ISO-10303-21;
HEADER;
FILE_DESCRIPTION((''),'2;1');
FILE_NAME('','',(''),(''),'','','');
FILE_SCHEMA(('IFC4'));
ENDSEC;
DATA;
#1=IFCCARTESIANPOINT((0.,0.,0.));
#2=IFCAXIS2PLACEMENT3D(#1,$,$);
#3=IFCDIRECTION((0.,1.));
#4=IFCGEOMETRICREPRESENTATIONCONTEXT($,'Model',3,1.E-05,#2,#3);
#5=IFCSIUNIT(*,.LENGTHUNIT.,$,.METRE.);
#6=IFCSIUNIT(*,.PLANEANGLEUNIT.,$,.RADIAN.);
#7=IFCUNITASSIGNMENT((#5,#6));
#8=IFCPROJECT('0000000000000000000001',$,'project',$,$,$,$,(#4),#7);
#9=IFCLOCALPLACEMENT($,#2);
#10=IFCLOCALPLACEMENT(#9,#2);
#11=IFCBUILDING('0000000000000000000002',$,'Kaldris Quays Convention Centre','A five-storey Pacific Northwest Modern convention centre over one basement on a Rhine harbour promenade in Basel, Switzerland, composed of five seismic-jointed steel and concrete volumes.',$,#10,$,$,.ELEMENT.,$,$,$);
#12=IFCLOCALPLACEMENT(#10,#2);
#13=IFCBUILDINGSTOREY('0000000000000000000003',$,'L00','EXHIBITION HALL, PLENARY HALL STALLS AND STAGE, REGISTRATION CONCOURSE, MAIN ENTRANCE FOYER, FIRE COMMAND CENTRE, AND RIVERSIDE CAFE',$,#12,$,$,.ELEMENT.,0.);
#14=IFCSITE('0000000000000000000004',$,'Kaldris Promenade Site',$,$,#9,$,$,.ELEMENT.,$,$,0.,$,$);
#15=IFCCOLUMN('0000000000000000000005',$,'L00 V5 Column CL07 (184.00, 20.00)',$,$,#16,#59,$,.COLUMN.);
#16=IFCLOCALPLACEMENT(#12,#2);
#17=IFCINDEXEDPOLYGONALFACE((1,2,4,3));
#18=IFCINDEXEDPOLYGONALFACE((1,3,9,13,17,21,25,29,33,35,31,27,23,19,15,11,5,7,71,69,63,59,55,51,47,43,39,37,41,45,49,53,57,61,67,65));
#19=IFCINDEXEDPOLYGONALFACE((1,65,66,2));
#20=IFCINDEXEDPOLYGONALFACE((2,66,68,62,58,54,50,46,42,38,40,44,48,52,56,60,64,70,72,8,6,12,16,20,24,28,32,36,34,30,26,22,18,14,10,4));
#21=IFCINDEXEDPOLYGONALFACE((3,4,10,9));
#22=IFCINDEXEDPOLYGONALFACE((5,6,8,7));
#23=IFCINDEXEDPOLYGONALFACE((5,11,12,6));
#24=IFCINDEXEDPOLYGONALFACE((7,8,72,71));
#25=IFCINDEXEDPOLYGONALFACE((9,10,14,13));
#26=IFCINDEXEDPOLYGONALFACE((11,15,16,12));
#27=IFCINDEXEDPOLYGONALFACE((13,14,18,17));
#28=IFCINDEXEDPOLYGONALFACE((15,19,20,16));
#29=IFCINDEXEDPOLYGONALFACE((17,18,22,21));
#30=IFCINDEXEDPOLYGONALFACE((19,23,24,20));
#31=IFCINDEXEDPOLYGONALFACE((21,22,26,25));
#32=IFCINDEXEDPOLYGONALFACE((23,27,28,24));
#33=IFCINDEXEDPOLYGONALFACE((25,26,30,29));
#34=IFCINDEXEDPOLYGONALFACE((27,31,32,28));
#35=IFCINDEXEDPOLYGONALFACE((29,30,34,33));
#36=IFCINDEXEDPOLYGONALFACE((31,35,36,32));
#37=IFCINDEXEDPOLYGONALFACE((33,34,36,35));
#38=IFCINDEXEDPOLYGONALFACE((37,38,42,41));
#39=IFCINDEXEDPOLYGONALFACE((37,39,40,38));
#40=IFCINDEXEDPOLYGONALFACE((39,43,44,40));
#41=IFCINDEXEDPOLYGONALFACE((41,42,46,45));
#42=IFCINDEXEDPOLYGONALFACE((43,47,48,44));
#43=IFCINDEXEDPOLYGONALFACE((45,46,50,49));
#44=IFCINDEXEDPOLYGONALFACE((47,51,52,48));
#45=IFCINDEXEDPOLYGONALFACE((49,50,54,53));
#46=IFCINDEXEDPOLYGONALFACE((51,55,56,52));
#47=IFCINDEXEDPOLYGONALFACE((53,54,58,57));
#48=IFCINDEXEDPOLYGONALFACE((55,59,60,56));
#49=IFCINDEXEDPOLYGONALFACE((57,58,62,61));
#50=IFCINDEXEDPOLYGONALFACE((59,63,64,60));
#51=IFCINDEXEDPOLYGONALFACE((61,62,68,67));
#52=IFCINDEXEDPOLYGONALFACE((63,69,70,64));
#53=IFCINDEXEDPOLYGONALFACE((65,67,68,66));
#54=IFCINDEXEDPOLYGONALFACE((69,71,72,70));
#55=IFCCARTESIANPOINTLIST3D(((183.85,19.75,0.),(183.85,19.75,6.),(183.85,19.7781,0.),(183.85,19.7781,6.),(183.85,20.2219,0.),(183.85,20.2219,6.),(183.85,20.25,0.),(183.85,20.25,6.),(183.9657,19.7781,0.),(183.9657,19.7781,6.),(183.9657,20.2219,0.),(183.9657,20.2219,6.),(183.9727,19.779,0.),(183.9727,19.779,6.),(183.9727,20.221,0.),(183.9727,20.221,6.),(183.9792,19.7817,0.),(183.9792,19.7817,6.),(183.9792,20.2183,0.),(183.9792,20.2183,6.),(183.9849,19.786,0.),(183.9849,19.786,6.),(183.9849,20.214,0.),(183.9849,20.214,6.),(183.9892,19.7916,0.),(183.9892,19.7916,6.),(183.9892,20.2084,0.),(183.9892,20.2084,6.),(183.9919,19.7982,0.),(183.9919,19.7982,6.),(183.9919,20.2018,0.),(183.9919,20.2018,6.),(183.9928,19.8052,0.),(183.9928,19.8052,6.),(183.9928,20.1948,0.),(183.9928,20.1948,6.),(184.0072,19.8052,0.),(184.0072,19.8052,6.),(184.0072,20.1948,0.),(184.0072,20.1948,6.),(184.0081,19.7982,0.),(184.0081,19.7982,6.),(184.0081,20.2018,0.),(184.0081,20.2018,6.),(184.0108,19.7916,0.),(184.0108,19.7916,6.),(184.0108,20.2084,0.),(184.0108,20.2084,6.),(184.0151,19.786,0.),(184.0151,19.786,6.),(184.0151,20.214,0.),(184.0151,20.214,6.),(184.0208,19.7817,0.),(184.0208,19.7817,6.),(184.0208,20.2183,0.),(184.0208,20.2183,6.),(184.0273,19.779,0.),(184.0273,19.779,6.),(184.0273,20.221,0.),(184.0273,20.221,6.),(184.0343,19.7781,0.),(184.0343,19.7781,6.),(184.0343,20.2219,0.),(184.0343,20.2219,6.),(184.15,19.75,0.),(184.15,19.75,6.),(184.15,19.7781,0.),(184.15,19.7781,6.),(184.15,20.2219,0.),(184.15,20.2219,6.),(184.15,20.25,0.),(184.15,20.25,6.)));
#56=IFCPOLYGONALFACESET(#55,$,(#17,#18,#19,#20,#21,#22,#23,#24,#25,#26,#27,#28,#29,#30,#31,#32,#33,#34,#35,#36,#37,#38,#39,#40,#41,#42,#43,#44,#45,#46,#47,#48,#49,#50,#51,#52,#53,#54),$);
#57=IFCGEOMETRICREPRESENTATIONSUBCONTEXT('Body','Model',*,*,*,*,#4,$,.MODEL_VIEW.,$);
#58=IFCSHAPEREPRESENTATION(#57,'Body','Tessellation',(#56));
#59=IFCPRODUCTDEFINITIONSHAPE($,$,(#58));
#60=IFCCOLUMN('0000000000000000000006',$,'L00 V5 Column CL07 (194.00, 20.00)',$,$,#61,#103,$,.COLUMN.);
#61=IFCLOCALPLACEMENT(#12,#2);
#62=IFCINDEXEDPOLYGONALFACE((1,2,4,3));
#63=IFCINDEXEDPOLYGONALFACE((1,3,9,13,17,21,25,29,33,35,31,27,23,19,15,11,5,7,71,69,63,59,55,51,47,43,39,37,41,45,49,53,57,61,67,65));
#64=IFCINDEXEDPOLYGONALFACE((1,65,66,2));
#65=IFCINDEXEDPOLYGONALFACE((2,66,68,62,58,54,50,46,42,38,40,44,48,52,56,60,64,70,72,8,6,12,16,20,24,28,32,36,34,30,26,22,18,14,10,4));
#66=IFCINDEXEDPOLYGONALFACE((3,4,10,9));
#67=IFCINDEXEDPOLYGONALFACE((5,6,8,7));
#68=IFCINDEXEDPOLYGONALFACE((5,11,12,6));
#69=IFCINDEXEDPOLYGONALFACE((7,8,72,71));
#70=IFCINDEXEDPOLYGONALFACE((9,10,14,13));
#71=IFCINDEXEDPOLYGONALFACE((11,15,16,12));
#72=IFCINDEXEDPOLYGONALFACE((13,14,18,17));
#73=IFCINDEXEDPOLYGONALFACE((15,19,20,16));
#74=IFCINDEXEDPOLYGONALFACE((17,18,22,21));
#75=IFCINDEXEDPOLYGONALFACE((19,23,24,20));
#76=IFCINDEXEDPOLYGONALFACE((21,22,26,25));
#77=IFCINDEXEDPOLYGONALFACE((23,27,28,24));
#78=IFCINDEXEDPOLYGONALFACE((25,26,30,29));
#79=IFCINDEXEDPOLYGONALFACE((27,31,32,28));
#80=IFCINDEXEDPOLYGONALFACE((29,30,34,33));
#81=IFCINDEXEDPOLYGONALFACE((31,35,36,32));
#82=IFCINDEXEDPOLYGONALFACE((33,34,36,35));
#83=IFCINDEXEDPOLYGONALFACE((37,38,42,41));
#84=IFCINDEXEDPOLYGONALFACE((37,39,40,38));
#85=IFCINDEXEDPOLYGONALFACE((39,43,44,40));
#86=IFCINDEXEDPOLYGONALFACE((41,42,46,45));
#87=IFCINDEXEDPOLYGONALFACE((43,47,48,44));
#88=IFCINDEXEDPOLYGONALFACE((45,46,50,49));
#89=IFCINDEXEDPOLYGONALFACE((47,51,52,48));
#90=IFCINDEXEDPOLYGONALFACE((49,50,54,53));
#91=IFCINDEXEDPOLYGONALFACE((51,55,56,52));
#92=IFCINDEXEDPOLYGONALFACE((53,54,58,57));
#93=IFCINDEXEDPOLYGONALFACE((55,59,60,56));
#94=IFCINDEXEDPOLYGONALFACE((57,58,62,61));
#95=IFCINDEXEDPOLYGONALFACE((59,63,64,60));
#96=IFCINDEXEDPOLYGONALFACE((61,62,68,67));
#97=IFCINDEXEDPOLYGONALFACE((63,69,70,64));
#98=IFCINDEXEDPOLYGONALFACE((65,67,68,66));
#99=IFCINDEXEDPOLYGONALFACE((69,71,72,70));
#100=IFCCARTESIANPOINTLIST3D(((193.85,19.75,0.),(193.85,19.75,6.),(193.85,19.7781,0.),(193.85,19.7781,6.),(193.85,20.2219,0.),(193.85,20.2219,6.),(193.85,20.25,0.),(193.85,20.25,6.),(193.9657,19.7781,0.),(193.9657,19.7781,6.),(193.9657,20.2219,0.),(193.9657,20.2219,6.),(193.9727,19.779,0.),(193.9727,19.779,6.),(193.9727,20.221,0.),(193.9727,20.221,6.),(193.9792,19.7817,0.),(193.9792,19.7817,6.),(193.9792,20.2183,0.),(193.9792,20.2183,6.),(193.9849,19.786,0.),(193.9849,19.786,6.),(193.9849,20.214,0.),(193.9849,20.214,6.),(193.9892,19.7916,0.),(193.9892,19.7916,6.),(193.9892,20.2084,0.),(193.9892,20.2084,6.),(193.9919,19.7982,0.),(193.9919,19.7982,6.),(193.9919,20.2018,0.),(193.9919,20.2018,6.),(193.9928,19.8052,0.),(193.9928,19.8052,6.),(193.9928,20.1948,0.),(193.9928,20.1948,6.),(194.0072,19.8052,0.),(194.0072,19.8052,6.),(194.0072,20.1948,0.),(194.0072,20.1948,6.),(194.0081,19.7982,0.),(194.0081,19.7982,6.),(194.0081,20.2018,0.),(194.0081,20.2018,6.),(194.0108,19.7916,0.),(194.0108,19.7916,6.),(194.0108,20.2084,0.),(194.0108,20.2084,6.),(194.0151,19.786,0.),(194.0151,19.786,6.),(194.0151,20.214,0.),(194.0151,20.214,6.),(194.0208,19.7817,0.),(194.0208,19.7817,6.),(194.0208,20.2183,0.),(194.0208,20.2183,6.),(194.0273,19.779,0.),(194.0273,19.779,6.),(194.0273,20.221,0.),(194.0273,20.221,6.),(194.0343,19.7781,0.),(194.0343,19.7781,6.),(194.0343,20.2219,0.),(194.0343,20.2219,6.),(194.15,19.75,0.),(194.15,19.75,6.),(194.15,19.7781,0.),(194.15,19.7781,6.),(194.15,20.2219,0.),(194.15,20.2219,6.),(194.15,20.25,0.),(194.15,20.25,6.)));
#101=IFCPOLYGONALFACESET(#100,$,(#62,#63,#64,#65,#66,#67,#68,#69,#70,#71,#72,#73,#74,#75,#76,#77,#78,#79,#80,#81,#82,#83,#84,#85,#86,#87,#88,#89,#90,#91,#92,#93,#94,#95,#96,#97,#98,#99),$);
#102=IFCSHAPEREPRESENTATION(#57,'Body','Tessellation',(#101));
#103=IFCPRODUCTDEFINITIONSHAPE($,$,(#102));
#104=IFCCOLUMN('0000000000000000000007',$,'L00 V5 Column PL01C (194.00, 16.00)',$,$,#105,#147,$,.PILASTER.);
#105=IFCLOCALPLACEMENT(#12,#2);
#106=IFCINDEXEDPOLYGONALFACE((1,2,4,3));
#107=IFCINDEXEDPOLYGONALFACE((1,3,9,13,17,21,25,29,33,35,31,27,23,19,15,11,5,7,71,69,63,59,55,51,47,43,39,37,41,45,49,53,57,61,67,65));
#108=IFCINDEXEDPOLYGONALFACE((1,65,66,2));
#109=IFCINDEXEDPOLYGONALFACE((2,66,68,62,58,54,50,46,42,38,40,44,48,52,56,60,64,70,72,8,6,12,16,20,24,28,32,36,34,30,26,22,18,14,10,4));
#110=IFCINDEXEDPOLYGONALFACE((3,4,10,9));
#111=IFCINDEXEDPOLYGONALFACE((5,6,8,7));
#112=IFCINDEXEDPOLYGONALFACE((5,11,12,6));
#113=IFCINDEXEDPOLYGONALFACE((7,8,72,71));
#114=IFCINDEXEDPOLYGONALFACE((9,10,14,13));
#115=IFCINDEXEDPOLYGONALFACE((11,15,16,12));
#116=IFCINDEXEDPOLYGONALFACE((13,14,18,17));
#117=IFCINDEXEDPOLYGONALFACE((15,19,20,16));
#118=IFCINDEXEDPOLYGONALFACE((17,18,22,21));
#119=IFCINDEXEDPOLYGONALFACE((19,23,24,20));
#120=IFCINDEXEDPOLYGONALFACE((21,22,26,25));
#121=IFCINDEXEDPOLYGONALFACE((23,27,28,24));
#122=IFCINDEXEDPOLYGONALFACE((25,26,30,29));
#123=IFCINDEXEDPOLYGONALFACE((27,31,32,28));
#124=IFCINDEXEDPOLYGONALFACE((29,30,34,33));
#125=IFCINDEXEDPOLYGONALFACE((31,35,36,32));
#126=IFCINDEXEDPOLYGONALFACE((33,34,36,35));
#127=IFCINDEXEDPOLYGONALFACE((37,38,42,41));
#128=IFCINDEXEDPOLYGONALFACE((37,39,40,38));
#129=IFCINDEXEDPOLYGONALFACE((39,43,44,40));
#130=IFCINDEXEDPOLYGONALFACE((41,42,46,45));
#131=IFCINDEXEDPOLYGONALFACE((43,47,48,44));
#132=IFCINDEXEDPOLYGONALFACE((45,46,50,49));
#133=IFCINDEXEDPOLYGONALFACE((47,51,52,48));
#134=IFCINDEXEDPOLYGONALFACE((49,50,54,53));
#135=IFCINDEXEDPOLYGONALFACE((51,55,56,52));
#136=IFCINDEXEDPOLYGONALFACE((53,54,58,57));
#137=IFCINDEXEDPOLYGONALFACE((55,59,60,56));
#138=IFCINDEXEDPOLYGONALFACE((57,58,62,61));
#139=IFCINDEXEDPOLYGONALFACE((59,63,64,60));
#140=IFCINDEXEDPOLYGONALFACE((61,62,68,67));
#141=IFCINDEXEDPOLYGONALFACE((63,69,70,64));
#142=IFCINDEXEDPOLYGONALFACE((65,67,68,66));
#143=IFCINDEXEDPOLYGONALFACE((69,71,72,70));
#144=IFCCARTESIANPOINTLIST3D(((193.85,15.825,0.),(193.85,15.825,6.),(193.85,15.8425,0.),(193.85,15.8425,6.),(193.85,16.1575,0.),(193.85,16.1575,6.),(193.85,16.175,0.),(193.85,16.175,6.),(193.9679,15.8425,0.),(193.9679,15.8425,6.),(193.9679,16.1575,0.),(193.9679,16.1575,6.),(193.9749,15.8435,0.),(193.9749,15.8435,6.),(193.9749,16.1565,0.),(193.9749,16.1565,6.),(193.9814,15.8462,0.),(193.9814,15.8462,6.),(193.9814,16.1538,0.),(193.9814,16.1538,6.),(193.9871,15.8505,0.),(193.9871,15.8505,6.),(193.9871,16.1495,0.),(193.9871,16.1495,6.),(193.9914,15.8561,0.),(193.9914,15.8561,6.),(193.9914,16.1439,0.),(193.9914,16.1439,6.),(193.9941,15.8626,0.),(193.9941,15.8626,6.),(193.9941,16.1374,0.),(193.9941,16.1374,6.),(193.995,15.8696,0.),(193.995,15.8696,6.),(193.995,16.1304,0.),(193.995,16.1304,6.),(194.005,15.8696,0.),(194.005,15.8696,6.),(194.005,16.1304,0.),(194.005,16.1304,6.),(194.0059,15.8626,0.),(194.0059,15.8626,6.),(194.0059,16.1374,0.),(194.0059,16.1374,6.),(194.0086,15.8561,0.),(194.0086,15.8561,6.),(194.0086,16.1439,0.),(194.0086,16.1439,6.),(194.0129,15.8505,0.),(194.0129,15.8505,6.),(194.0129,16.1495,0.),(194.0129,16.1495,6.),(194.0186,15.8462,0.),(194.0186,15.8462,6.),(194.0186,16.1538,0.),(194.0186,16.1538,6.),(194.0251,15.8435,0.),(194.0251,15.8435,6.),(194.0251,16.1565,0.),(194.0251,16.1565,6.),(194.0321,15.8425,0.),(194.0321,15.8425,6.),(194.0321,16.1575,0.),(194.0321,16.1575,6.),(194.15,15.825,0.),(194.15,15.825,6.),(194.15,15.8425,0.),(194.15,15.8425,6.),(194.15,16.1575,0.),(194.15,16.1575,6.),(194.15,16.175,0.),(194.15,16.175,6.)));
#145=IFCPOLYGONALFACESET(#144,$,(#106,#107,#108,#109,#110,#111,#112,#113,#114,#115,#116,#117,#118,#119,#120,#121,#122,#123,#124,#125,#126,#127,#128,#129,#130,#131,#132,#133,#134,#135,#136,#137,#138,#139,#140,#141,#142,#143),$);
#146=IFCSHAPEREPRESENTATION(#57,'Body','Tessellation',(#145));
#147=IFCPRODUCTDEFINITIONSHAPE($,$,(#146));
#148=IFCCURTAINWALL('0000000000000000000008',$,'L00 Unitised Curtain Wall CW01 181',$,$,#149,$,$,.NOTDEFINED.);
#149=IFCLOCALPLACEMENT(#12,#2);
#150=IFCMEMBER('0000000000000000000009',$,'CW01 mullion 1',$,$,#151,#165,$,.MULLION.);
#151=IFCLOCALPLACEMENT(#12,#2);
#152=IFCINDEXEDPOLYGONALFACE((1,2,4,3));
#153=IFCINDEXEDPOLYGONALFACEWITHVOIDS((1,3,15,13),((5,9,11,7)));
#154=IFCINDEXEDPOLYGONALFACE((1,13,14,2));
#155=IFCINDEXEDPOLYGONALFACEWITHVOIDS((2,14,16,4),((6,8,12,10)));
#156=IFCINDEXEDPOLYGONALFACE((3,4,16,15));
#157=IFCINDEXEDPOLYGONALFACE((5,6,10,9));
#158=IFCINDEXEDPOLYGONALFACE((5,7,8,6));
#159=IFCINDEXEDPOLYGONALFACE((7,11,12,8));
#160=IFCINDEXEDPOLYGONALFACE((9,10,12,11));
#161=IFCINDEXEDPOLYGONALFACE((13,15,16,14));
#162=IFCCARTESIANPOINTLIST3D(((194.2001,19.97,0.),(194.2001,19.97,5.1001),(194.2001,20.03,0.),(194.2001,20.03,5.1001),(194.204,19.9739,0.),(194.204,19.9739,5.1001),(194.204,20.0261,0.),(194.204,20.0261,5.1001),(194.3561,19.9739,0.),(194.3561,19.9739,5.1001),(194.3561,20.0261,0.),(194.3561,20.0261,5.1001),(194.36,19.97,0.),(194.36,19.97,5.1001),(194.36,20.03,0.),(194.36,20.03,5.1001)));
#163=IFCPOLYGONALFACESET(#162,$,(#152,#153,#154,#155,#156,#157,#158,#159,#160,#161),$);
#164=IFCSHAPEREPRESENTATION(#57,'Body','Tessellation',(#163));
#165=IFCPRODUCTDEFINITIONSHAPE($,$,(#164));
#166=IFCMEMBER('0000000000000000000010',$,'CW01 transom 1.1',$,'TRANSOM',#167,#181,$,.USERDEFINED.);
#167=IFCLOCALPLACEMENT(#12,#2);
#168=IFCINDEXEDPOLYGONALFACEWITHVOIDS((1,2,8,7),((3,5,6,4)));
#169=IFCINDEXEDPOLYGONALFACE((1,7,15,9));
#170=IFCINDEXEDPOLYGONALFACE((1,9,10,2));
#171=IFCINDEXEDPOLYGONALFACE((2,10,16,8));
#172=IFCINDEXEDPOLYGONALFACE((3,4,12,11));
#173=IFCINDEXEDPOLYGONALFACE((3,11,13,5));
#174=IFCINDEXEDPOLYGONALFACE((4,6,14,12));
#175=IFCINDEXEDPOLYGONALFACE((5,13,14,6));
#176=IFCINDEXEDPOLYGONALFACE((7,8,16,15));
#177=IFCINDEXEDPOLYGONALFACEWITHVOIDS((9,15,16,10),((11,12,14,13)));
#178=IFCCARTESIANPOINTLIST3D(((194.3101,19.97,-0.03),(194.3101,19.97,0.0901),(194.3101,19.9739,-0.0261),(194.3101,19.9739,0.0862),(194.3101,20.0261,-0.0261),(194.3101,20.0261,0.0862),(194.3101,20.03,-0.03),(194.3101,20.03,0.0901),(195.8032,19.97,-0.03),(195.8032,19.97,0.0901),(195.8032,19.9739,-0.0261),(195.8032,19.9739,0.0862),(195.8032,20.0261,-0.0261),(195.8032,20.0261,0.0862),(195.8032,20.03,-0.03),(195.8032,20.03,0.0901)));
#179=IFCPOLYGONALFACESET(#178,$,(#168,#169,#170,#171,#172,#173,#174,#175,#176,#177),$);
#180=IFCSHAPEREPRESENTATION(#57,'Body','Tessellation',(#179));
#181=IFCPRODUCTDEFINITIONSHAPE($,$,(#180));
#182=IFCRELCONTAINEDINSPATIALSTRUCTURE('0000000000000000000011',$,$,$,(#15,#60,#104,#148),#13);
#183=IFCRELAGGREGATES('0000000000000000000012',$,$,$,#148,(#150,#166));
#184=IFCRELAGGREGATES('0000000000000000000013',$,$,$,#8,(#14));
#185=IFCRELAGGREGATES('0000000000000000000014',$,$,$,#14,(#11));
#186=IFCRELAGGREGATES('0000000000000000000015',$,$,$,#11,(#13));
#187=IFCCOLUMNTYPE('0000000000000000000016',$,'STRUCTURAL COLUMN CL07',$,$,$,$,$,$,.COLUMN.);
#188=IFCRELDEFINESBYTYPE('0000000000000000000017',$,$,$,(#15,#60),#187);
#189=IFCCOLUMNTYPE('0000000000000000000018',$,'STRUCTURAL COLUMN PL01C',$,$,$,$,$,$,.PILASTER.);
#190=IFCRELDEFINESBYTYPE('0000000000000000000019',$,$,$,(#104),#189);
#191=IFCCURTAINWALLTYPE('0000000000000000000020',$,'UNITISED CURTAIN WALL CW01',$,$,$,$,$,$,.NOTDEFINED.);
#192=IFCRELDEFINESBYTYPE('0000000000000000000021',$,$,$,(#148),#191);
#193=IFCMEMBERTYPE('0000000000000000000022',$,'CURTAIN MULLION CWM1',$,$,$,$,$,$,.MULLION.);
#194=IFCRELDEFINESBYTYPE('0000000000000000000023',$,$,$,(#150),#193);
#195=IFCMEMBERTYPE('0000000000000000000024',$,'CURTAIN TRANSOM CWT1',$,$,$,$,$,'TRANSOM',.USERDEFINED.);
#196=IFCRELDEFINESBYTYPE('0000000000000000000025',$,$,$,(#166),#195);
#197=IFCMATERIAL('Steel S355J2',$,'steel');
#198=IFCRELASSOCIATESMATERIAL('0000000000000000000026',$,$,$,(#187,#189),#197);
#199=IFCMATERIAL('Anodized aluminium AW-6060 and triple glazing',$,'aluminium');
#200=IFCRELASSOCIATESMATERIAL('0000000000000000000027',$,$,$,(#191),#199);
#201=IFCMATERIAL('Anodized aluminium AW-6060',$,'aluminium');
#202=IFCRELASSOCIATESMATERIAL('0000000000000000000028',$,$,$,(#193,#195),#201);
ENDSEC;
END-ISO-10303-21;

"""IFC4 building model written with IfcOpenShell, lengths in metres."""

from ifc_helpers import new_model, si_unit, direction, frame, origin, origin_2d, place, context, subcontext, project, spatial, hollow_rectangle, i_section, extrude, material, material_profile, profile_set, type_object, element, aggregate, save


model = new_model("IFC4")

# Units and contexts
model_context = context("Model", 3, precision=1e-05, world=origin(), true_north=direction((0.0, 1.0)))
body_context = subcontext(model_context, "Body", "Model", "MODEL_VIEW")
ifc_project = project(units=[si_unit("LENGTHUNIT", "METRE"), si_unit("PLANEANGLEUNIT", "RADIAN")], contexts=[model_context])

# Site, building, storey
site_placement = place(None, origin())
site = spatial("IfcSite", under=ifc_project, at=site_placement, Name="Kaldris Promenade Site", CompositionType="ELEMENT", RefElevation=0.0)
building_placement = place(site_placement, origin())
building = spatial("IfcBuilding", under=site, at=building_placement, Name="Kaldris Quays Convention Centre", Description="A five-storey Pacific Northwest Modern convention centre over one basement on a Rhine harbour promenade in Basel, Switzerland, composed of five seismic-jointed steel and concrete volumes.", CompositionType="ELEMENT")
storey_placement = place(building_placement, origin())
storey = spatial("IfcBuildingStorey", under=building, at=storey_placement, Name="L00", Description="EXHIBITION HALL, PLENARY HALL STALLS AND STAGE, REGISTRATION CONCOURSE, MAIN ENTRANCE FOYER, FIRE COMMAND CENTRE, AND RIVERSIDE CAFE", CompositionType="ELEMENT", Elevation=0.0)

# Columns
ifc_material_1 = material(Name="Steel S355J2", Category="steel")
ifc_material_profile_1 = material_profile(ifc_material_1, i_section(OverallWidth=0.3, OverallDepth=0.5, WebThickness=0.0144, FlangeThickness=0.0281, FilletRadius=0.0271, at=origin_2d()), Name="HEB 500")
ifc_profile_set_1 = profile_set([ifc_material_profile_1], Name="Steel S355J2")
column_type_1 = type_object("IfcColumnType", Name="STRUCTURAL COLUMN CL07", PredefinedType="COLUMN", material=ifc_profile_set_1)
for number, where, z_axis, x_axis, name in (
    (1, (184.0, 20.0, 0.0), (0.0, 0.0, 1.0), (1.0, 0.0, 0.0), "L00 V5 Column CL07 (184.00, 20.00)"),
    (2, (194.0, 20.0, 0.0), (0.0, 0.0, 1.0), (1.0, 0.0, 0.0), "L00 V5 Column CL07 (194.00, 20.00)"),
):
    element("IfcColumn", number, at=place(storey_placement, frame(where, z_axis=z_axis, x_axis=x_axis)), inside=storey, type_object=column_type_1, Name=name, PredefinedType="COLUMN", context=body_context, shape_type="SweptSolid", body=[
        extrude(i_section(OverallWidth=0.3, OverallDepth=0.5, WebThickness=0.0144, FlangeThickness=0.0281, FilletRadius=0.0271, at=origin_2d()), origin(), (0.0, 0.0, 1.0), 6.0),
    ])
ifc_material_profile_2 = material_profile(ifc_material_1, i_section(OverallWidth=0.3, OverallDepth=0.3501, WebThickness=0.01, FlangeThickness=0.0176, FilletRadius=0.0271, at=origin_2d()), Name="HEA 360")
ifc_profile_set_2 = profile_set([ifc_material_profile_2], Name="Steel S355J2")
column_type_2 = type_object("IfcColumnType", Name="STRUCTURAL COLUMN PL01C", PredefinedType="PILASTER", material=ifc_profile_set_2)
column_placement = place(storey_placement, frame((194.0, 16.0, 0.0), z_axis=(0.0, 0.0, 1.0), x_axis=(1.0, 0.0, 0.0)))
element("IfcColumn", 3, at=column_placement, inside=storey, type_object=column_type_2, Name="L00 V5 Column PL01C (194.00, 16.00)", PredefinedType="PILASTER", context=body_context, shape_type="SweptSolid", body=[
    extrude(i_section(OverallWidth=0.3, OverallDepth=0.3501, WebThickness=0.01, FlangeThickness=0.0176, FilletRadius=0.0271, at=origin_2d()), origin(), (0.0, 0.0, 1.0), 6.0),
])

# Curtain wall, members
ifc_material_2 = material(Name="Anodized aluminium AW-6060 and triple glazing", Category="aluminium")
curtain_wall_type = type_object("IfcCurtainWallType", Name="UNITISED CURTAIN WALL CW01", PredefinedType="NOTDEFINED", material=ifc_material_2)
curtain_wall_placement = place(storey_placement, origin())
curtain_wall = element("IfcCurtainWall", 4, at=curtain_wall_placement, inside=storey, type_object=curtain_wall_type, Name="L00 Unitised Curtain Wall CW01 181", PredefinedType="NOTDEFINED")
ifc_material_3 = material(Name="Anodized aluminium AW-6060", Category="aluminium")
ifc_material_profile_3 = material_profile(ifc_material_3, hollow_rectangle(XDim=0.0601, YDim=0.1599, WallThickness=0.0039, at=origin_2d()), Name="RHS 160x60x4")
ifc_profile_set_3 = profile_set([ifc_material_profile_3], Name="Anodized aluminium AW-6060")
member_type_1 = type_object("IfcMemberType", Name="CURTAIN MULLION CWM1", PredefinedType="MULLION", material=ifc_profile_set_3)
member_1_placement = place(storey_placement, frame((194.28, 20.0, 0.0), z_axis=(0.0, 0.0, 1.0), x_axis=(0.0, 1.0, 0.0)))
member_1 = element("IfcMember", 5, at=member_1_placement, type_object=member_type_1, Name="CW01 mullion 1", PredefinedType="MULLION", context=body_context, shape_type="SweptSolid", body=[
    extrude(hollow_rectangle(XDim=0.0601, YDim=0.1599, WallThickness=0.0039, at=origin_2d()), origin(), (0.0, 0.0, 1.0), 5.1001),
])
ifc_material_profile_4 = material_profile(ifc_material_3, hollow_rectangle(XDim=0.0601, YDim=0.1201, WallThickness=0.0039, at=origin_2d()), Name="RHS 120x60x4")
ifc_profile_set_4 = profile_set([ifc_material_profile_4], Name="Anodized aluminium AW-6060")
member_type_2 = type_object("IfcMemberType", Name="CURTAIN TRANSOM CWT1", ElementType="TRANSOM", PredefinedType="USERDEFINED", material=ifc_profile_set_4)
member_2_placement = place(storey_placement, frame((194.3101, 20.0, 0.03), z_axis=(1.0, 0.0, 0.0), x_axis=(0.0, 1.0, 0.0)))
member_2 = element("IfcMember", 6, at=member_2_placement, type_object=member_type_2, Name="CW01 transom 1.1", ObjectType="TRANSOM", PredefinedType="USERDEFINED", context=body_context, shape_type="SweptSolid", body=[
    extrude(hollow_rectangle(XDim=0.0601, YDim=0.1201, WallThickness=0.0039, at=origin_2d()), origin(), (0.0, 0.0, 1.0), 1.4932),
])
aggregate(curtain_wall, [member_1, member_2])

save(model, "model.ifc")
